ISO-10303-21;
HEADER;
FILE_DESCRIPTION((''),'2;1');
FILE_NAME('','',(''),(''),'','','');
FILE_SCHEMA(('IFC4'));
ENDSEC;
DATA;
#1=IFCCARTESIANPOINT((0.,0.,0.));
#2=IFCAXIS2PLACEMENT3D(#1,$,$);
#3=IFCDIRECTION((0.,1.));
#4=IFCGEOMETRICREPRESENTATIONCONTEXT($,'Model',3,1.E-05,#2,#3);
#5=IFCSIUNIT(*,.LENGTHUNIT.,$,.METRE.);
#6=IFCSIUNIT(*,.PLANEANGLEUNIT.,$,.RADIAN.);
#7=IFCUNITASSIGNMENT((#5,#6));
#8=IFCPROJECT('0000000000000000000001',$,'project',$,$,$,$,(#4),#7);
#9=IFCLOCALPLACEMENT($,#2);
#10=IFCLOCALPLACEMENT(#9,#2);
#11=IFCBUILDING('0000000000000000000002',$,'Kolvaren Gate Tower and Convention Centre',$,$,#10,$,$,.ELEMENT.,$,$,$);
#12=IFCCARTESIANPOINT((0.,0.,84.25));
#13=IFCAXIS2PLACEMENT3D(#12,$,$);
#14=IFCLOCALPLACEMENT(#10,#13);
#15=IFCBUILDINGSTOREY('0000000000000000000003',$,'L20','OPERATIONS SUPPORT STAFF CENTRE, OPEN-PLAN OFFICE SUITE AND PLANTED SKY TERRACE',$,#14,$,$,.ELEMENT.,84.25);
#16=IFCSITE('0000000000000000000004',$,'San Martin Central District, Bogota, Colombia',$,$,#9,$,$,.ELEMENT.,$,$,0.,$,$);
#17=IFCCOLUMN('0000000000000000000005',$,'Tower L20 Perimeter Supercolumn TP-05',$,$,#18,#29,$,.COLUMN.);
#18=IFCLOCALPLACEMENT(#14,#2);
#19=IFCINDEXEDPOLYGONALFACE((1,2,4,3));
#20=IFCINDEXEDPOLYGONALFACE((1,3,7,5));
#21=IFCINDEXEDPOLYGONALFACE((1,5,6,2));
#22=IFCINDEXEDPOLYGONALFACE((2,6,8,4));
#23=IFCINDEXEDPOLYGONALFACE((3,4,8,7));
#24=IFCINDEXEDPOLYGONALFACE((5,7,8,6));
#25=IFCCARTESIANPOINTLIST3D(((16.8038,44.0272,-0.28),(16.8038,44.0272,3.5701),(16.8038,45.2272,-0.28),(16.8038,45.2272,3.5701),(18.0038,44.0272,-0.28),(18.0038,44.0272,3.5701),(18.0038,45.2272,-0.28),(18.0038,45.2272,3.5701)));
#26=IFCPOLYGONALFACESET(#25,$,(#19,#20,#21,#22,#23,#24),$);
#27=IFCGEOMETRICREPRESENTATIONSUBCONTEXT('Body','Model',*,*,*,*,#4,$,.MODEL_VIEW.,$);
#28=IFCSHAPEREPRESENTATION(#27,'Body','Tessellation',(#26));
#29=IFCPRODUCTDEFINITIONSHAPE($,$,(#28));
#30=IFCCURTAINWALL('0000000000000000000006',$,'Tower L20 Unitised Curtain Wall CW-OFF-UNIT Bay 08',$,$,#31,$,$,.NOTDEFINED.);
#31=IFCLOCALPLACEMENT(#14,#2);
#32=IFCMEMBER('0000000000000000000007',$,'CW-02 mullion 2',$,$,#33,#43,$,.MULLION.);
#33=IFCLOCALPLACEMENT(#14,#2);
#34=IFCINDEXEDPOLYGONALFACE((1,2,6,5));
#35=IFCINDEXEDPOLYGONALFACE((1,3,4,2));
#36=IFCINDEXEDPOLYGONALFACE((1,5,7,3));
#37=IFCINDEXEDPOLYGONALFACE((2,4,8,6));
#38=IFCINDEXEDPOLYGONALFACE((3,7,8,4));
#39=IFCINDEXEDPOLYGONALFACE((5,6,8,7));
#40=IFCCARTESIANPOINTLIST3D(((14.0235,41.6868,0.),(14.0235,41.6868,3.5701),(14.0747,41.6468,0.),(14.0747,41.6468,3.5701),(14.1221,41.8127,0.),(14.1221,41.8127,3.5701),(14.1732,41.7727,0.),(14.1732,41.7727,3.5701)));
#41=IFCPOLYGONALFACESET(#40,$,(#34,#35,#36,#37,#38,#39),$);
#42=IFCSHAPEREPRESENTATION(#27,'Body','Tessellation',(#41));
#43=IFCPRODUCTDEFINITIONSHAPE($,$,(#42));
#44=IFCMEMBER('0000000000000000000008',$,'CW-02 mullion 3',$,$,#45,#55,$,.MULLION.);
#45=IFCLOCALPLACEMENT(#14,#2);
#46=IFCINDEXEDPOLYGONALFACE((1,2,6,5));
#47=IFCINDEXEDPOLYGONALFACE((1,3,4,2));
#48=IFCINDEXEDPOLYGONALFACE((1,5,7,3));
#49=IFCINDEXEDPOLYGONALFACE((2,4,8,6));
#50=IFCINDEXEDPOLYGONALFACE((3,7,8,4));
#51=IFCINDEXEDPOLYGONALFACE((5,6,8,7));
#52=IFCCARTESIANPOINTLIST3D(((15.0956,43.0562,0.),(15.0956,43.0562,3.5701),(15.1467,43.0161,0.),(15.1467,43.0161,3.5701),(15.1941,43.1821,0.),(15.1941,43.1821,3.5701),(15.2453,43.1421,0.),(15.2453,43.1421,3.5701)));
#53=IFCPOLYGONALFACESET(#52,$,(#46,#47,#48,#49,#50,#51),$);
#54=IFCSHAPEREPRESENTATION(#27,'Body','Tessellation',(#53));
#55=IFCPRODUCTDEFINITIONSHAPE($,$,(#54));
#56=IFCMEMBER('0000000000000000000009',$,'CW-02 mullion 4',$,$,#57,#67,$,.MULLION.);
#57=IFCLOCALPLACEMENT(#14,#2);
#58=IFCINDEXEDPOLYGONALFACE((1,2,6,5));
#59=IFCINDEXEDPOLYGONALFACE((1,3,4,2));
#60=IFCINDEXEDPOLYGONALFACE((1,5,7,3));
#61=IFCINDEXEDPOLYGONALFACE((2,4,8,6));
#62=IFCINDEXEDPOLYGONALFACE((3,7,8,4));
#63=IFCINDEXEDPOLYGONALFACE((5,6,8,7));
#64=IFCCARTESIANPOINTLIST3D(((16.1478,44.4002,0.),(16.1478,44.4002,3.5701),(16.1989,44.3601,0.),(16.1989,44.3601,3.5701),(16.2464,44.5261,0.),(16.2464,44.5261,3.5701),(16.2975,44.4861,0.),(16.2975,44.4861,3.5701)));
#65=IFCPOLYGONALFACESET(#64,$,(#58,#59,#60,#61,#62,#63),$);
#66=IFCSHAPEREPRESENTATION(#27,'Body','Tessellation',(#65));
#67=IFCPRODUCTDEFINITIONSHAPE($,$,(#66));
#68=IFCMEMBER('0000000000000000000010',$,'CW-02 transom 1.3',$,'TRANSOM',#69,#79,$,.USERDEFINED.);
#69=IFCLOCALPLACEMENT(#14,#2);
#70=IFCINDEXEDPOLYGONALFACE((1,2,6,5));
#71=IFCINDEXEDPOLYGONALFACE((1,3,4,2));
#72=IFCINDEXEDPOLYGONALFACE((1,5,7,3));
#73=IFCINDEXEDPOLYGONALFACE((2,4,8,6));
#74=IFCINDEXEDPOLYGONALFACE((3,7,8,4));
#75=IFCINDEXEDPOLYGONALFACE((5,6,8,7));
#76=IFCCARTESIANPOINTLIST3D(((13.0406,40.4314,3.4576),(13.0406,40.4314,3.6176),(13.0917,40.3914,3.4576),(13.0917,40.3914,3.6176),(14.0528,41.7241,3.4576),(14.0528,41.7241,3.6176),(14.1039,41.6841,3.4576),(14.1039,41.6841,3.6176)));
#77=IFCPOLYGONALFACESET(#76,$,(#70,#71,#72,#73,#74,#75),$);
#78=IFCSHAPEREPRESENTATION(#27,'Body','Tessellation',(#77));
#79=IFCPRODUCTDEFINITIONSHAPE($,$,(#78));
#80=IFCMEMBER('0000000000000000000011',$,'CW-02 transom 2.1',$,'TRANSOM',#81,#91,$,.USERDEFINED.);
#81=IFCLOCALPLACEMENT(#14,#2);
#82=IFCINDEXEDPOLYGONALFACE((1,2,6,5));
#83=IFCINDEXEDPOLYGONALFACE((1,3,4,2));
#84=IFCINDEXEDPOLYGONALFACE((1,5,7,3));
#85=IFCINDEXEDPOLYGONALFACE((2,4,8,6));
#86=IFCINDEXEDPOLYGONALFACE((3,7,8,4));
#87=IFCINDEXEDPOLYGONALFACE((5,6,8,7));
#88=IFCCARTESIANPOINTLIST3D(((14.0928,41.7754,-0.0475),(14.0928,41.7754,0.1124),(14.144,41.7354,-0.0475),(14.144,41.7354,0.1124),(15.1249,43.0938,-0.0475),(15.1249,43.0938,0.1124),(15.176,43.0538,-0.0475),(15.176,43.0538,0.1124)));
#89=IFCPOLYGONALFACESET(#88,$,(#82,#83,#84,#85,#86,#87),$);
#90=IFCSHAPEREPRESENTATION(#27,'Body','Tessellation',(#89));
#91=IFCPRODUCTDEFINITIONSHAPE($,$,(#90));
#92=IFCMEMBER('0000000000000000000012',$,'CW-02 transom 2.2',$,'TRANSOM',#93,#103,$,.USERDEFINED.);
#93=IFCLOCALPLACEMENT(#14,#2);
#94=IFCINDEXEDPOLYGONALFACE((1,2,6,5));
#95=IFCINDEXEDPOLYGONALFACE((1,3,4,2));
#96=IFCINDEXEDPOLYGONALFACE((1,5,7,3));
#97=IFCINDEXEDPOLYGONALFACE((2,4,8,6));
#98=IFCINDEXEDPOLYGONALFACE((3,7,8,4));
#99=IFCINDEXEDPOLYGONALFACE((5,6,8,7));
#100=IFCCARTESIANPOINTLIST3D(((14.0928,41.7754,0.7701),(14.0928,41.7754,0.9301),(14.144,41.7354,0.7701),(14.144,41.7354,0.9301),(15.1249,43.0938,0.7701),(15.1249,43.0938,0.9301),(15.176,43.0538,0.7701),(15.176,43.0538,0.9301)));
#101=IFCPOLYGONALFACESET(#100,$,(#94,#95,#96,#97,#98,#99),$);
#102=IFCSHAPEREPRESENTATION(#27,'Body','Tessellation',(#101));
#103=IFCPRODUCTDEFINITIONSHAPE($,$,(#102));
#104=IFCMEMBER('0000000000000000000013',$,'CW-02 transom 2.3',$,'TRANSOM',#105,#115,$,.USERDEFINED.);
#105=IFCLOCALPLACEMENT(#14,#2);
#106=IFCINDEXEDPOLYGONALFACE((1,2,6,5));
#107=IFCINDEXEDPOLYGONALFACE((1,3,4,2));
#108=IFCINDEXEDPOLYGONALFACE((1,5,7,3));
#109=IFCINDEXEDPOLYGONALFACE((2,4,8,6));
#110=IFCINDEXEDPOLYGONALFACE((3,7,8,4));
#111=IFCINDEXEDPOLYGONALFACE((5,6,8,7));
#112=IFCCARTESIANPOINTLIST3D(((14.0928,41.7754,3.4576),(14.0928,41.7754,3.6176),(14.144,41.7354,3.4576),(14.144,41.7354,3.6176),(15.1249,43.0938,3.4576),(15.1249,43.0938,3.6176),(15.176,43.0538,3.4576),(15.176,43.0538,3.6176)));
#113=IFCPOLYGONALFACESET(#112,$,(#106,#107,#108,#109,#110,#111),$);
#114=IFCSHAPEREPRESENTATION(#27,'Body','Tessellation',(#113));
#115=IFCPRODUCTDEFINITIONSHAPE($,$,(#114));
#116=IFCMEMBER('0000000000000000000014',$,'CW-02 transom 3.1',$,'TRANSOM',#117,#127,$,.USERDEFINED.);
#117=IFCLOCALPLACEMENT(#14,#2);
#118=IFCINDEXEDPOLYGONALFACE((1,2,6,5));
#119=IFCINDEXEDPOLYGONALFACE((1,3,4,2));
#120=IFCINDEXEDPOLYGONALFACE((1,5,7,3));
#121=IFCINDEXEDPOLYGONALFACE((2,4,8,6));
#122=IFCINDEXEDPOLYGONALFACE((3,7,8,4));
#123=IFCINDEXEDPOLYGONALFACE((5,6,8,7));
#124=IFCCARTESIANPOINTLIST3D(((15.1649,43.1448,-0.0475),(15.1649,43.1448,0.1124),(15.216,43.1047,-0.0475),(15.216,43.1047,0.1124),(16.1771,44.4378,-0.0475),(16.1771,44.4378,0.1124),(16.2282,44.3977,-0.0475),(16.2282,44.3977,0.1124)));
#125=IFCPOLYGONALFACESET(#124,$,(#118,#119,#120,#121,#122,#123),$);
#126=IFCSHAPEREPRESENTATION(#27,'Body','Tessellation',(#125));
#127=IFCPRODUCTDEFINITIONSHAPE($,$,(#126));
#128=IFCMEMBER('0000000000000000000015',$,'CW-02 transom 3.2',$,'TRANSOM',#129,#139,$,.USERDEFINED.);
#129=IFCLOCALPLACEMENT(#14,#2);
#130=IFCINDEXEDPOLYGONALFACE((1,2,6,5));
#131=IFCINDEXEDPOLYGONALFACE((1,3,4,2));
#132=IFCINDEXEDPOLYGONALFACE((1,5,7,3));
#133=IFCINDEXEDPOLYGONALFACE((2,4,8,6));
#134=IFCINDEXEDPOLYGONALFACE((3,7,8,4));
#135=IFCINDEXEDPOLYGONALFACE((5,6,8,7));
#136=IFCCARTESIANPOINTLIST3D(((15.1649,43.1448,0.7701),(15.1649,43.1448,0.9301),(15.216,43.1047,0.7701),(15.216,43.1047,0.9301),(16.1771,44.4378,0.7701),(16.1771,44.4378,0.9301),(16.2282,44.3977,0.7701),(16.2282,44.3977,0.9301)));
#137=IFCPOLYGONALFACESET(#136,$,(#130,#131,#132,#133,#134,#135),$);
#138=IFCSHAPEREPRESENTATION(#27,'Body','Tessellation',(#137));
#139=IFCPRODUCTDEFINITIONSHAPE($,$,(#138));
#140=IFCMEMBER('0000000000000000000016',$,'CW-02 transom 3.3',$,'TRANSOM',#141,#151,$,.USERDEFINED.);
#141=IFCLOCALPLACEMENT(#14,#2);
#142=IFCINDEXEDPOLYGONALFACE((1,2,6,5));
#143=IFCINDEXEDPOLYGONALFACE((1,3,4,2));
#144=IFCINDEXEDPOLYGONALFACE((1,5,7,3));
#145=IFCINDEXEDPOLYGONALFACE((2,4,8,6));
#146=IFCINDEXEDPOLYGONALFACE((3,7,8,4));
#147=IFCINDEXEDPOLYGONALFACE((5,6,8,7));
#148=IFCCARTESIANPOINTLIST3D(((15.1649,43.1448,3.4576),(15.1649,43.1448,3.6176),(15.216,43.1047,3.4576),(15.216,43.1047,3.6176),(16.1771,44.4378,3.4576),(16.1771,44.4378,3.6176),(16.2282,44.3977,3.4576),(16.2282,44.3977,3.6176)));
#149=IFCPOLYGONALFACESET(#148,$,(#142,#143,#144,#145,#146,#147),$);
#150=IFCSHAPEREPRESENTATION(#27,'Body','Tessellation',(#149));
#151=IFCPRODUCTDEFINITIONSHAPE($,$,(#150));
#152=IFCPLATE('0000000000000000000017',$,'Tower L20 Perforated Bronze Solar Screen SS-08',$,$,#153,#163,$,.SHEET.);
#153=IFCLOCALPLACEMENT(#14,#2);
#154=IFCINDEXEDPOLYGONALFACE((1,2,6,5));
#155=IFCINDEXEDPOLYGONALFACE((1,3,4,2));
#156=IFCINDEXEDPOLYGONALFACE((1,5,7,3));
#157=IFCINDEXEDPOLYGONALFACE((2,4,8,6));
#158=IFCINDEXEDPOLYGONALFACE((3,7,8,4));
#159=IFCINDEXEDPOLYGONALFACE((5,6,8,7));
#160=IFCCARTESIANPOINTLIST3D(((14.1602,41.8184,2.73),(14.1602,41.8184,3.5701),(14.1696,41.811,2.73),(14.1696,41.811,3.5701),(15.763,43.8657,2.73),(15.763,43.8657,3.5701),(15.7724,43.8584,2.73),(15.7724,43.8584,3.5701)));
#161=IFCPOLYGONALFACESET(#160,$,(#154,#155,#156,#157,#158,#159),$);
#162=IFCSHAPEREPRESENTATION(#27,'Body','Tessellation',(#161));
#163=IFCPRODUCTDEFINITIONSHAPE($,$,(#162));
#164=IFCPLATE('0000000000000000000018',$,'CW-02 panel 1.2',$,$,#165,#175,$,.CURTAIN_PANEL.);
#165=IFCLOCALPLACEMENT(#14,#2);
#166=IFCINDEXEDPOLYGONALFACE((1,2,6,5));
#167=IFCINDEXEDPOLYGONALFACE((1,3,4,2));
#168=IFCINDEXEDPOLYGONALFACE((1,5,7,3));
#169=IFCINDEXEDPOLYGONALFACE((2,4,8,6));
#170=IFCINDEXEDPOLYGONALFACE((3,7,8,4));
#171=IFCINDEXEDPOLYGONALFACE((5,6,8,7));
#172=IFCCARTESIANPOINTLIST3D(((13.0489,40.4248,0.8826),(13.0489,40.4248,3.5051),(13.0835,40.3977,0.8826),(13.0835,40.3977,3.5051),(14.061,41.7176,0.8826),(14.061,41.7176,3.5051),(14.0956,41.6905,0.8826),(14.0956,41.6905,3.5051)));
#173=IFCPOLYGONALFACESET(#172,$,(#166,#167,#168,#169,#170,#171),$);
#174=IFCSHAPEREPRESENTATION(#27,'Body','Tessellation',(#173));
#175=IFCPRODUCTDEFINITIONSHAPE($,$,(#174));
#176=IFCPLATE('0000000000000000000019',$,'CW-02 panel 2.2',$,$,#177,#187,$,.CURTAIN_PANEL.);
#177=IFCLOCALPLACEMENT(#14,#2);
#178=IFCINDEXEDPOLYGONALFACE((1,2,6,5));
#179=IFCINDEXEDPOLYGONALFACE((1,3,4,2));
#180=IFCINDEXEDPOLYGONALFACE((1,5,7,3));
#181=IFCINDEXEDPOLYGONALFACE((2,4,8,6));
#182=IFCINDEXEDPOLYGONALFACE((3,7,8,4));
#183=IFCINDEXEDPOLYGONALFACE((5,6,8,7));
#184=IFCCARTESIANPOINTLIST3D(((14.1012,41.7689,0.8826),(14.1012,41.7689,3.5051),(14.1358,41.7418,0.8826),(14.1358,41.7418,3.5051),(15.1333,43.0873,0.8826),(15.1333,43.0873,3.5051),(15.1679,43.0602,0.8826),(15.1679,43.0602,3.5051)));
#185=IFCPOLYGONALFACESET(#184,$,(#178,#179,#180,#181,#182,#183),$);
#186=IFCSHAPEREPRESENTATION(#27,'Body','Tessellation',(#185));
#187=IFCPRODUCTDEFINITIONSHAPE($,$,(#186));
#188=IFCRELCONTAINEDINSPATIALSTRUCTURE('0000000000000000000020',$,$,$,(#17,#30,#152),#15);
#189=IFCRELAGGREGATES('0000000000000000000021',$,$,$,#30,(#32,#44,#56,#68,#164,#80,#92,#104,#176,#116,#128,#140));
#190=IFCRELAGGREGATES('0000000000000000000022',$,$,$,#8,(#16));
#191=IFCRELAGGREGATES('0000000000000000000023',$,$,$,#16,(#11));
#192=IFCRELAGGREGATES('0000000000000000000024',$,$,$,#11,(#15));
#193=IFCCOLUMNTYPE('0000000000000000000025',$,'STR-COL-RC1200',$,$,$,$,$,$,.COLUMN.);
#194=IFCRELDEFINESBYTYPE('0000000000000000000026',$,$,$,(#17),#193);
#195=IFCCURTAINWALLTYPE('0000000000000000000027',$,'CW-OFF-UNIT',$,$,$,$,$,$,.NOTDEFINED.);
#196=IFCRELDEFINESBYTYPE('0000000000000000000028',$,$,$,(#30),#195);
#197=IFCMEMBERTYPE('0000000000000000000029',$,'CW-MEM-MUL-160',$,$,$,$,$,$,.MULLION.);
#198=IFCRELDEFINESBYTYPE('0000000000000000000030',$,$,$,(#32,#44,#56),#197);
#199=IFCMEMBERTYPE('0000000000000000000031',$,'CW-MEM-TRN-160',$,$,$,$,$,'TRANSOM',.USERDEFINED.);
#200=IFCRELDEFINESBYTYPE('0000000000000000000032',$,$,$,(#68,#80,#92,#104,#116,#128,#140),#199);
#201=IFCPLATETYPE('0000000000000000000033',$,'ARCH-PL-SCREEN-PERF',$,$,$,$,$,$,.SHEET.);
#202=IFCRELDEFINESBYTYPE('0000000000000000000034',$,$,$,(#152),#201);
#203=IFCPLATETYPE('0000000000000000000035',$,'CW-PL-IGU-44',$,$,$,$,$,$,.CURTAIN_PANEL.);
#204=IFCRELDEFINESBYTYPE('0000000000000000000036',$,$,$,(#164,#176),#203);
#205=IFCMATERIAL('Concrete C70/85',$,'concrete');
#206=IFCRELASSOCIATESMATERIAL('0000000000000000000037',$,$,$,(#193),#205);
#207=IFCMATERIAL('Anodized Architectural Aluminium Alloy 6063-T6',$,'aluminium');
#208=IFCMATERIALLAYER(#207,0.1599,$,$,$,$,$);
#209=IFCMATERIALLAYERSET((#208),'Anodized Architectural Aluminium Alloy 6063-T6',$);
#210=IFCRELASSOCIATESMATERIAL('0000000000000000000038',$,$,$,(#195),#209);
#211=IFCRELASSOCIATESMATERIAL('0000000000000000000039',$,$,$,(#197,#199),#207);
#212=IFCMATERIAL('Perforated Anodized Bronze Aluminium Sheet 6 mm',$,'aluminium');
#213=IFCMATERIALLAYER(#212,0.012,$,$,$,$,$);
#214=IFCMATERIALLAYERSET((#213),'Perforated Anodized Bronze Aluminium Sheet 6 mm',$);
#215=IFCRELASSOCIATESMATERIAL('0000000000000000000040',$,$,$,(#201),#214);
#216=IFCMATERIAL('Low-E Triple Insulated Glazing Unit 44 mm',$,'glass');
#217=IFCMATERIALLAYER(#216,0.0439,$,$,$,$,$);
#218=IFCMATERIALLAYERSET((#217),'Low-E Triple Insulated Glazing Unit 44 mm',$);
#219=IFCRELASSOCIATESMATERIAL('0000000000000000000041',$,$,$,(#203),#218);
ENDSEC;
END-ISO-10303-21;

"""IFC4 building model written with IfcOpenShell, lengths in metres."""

from ifc_helpers import new_model, si_unit, direction, frame, origin, origin_2d, place, context, subcontext, project, spatial, rectangle, extrude, material, layer, layer_set, material_profile, profile_set, type_object, element, aggregate, save


model = new_model("IFC4")

# Units and contexts
model_context = context("Model", 3, precision=1e-05, world=origin(), true_north=direction((0.0, 1.0)))
body_context = subcontext(model_context, "Body", "Model", "MODEL_VIEW")
ifc_project = project(units=[si_unit("LENGTHUNIT", "METRE"), si_unit("PLANEANGLEUNIT", "RADIAN")], contexts=[model_context])

# Site, building, storey
site_placement = place(None, origin())
site = spatial("IfcSite", under=ifc_project, at=site_placement, Name="San Martin Central District, Bogota, Colombia", CompositionType="ELEMENT", RefElevation=0.0)
building_placement = place(site_placement, origin())
building = spatial("IfcBuilding", under=site, at=building_placement, Name="Kolvaren Gate Tower and Convention Centre", CompositionType="ELEMENT")
storey_placement = place(building_placement, frame((0.0, 0.0, 84.25)))
storey = spatial("IfcBuildingStorey", under=building, at=storey_placement, Name="L20", Description="OPERATIONS SUPPORT STAFF CENTRE, OPEN-PLAN OFFICE SUITE AND PLANTED SKY TERRACE", CompositionType="ELEMENT", Elevation=84.25)

# Column
ifc_material_1 = material(Name="Concrete C70/85", Category="concrete")
ifc_material_profile_1 = material_profile(ifc_material_1, rectangle(XDim=1.2, YDim=1.2, at=origin_2d()), Name="RC-COL-1200X1200")
ifc_profile_set_1 = profile_set([ifc_material_profile_1], Name="Concrete C70/85")
column_type = type_object("IfcColumnType", Name="STR-COL-RC1200", PredefinedType="COLUMN", material=ifc_profile_set_1)
column_placement = place(storey_placement, frame((17.4038, 44.6272, -0.28), z_axis=(0.0, 0.0, 1.0), x_axis=(1.0, 0.0, 0.0)))
element("IfcColumn", 1, at=column_placement, inside=storey, type_object=column_type, Name="Tower L20 Perimeter Supercolumn TP-05", PredefinedType="COLUMN", context=body_context, shape_type="SweptSolid", body=[
    extrude(rectangle(XDim=1.2, YDim=1.2, at=origin_2d()), origin(), (0.0, 0.0, 1.0), 3.8501),
])

# Curtain wall, members
ifc_material_2 = material(Name="Anodized Architectural Aluminium Alloy 6063-T6", Category="aluminium")
ifc_layer_1 = layer(ifc_material_2, 0.1599)
ifc_layer_set_1 = layer_set([ifc_layer_1], Name="Anodized Architectural Aluminium Alloy 6063-T6")
curtain_wall_type = type_object("IfcCurtainWallType", Name="CW-OFF-UNIT", PredefinedType="NOTDEFINED", material=ifc_layer_set_1)
curtain_wall_placement = place(storey_placement, origin())
curtain_wall = element("IfcCurtainWall", 2, at=curtain_wall_placement, inside=storey, type_object=curtain_wall_type, Name="Tower L20 Unitised Curtain Wall CW-OFF-UNIT Bay 08", PredefinedType="NOTDEFINED")
ifc_material_profile_2 = material_profile(ifc_material_2, rectangle(XDim=0.0649, YDim=0.1599, at=origin_2d()), Name="CW-MEM-MUL-160")
ifc_profile_set_2 = profile_set([ifc_material_profile_2], Name="Anodized Architectural Aluminium Alloy 6063-T6")
member_type_1 = type_object("IfcMemberType", Name="CW-MEM-MUL-160", PredefinedType="MULLION", material=ifc_profile_set_2)
member_1_placement = place(storey_placement, frame((14.0984, 41.7297, 0.0), z_axis=(0.0, 0.0, 1.0), x_axis=(-0.787403, 0.616438, 0.0)))
member_1 = element("IfcMember", 3, at=member_1_placement, type_object=member_type_1, Name="CW-02 mullion 2", PredefinedType="MULLION", context=body_context, shape_type="SweptSolid", body=[
    extrude(rectangle(XDim=0.0649, YDim=0.1599, at=origin_2d()), origin(), (0.0, 0.0, 1.0), 3.5701),
])
member_2_placement = place(storey_placement, frame((15.1704, 43.0991, 0.0), z_axis=(0.0, 0.0, 1.0), x_axis=(-0.787403, 0.616438, 0.0)))
member_2 = element("IfcMember", 4, at=member_2_placement, type_object=member_type_1, Name="CW-02 mullion 3", PredefinedType="MULLION", context=body_context, shape_type="SweptSolid", body=[
    extrude(rectangle(XDim=0.0649, YDim=0.1599, at=origin_2d()), origin(), (0.0, 0.0, 1.0), 3.5701),
])
member_3_placement = place(storey_placement, frame((16.2227, 44.4431, 0.0), z_axis=(0.0, 0.0, 1.0), x_axis=(-0.787403, 0.616438, 0.0)))
member_3 = element("IfcMember", 5, at=member_3_placement, type_object=member_type_1, Name="CW-02 mullion 4", PredefinedType="MULLION", context=body_context, shape_type="SweptSolid", body=[
    extrude(rectangle(XDim=0.0649, YDim=0.1599, at=origin_2d()), origin(), (0.0, 0.0, 1.0), 3.5701),
])
ifc_material_profile_3 = material_profile(ifc_material_2, rectangle(XDim=0.0649, YDim=0.1599, at=origin_2d()), Name="CW-MEM-TRN-160")
ifc_profile_set_3 = profile_set([ifc_material_profile_3], Name="Anodized Architectural Aluminium Alloy 6063-T6")
member_type_2 = type_object("IfcMemberType", Name="CW-MEM-TRN-160", ElementType="TRANSOM", PredefinedType="USERDEFINED", material=ifc_profile_set_3)
member_4_placement = place(storey_placement, frame((13.0662, 40.4114, 3.5376), z_axis=(0.616501, 0.787354, 0.0), x_axis=(-0.787354, 0.616501, 0.0)))
member_4 = element("IfcMember", 6, at=member_4_placement, type_object=member_type_2, Name="CW-02 transom 1.3", ObjectType="TRANSOM", PredefinedType="USERDEFINED", context=body_context, shape_type="SweptSolid", body=[
    extrude(rectangle(XDim=0.0649, YDim=0.1599, at=origin_2d()), origin(), (0.0, 0.0, 1.0), 1.6418),
])
member_5_placement = place(storey_placement, frame((14.1184, 41.7554, 0.0325), z_axis=(0.616391, 0.78744, 0.0), x_axis=(-0.78744, 0.616391, 0.0)))
member_5 = element("IfcMember", 7, at=member_5_placement, type_object=member_type_2, Name="CW-02 transom 2.1", ObjectType="TRANSOM", PredefinedType="USERDEFINED", context=body_context, shape_type="SweptSolid", body=[
    extrude(rectangle(XDim=0.0649, YDim=0.1599, at=origin_2d()), origin(), (0.0, 0.0, 1.0), 1.6743),
])
member_6_placement = place(storey_placement, frame((14.1184, 41.7554, 0.8501), z_axis=(0.616391, 0.78744, 0.0), x_axis=(-0.78744, 0.616391, 0.0)))
member_6 = element("IfcMember", 8, at=member_6_placement, type_object=member_type_2, Name="CW-02 transom 2.2", ObjectType="TRANSOM", PredefinedType="USERDEFINED", context=body_context, shape_type="SweptSolid", body=[
    extrude(rectangle(XDim=0.0649, YDim=0.1599, at=origin_2d()), origin(), (0.0, 0.0, 1.0), 1.6743),
])
member_7_placement = place(storey_placement, frame((14.1184, 41.7554, 3.5376), z_axis=(0.616391, 0.78744, 0.0), x_axis=(-0.78744, 0.616391, 0.0)))
member_7 = element("IfcMember", 9, at=member_7_placement, type_object=member_type_2, Name="CW-02 transom 2.3", ObjectType="TRANSOM", PredefinedType="USERDEFINED", context=body_context, shape_type="SweptSolid", body=[
    extrude(rectangle(XDim=0.0649, YDim=0.1599, at=origin_2d()), origin(), (0.0, 0.0, 1.0), 1.6743),
])
member_8_placement = place(storey_placement, frame((15.1904, 43.1248, 0.0325), z_axis=(0.616429, 0.787411, 0.0), x_axis=(-0.787411, 0.616429, 0.0)))
member_8 = element("IfcMember", 10, at=member_8_placement, type_object=member_type_2, Name="CW-02 transom 3.1", ObjectType="TRANSOM", PredefinedType="USERDEFINED", context=body_context, shape_type="SweptSolid", body=[
    extrude(rectangle(XDim=0.0649, YDim=0.1599, at=origin_2d()), origin(), (0.0, 0.0, 1.0), 1.6421),
])
member_9_placement = place(storey_placement, frame((15.1904, 43.1248, 0.8501), z_axis=(0.616429, 0.787411, 0.0), x_axis=(-0.787411, 0.616429, 0.0)))
member_9 = element("IfcMember", 11, at=member_9_placement, type_object=member_type_2, Name="CW-02 transom 3.2", ObjectType="TRANSOM", PredefinedType="USERDEFINED", context=body_context, shape_type="SweptSolid", body=[
    extrude(rectangle(XDim=0.0649, YDim=0.1599, at=origin_2d()), origin(), (0.0, 0.0, 1.0), 1.6421),
])
member_10_placement = place(storey_placement, frame((15.1904, 43.1248, 3.5376), z_axis=(0.616429, 0.787411, 0.0), x_axis=(-0.787411, 0.616429, 0.0)))
member_10 = element("IfcMember", 12, at=member_10_placement, type_object=member_type_2, Name="CW-02 transom 3.3", ObjectType="TRANSOM", PredefinedType="USERDEFINED", context=body_context, shape_type="SweptSolid", body=[
    extrude(rectangle(XDim=0.0649, YDim=0.1599, at=origin_2d()), origin(), (0.0, 0.0, 1.0), 1.6421),
])

# Plates
ifc_material_3 = material(Name="Perforated Anodized Bronze Aluminium Sheet 6 mm", Category="aluminium")
ifc_layer_2 = layer(ifc_material_3, 0.012)
ifc_layer_set_2 = layer_set([ifc_layer_2], Name="Perforated Anodized Bronze Aluminium Sheet 6 mm")
plate_type_1 = type_object("IfcPlateType", Name="ARCH-PL-SCREEN-PERF", PredefinedType="SHEET", material=ifc_layer_set_2)
plate_1_placement = place(storey_placement, frame((14.9663, 42.8384, 2.73), z_axis=(0.0, 0.0, 1.0), x_axis=(0.616442, 0.7874, 0.0)))
element("IfcPlate", 13, at=plate_1_placement, inside=storey, type_object=plate_type_1, Name="Tower L20 Perforated Bronze Solar Screen SS-08", PredefinedType="SHEET", context=body_context, shape_type="SweptSolid", body=[
    extrude(rectangle(XDim=2.6001, YDim=0.012, at=origin_2d()), origin(), (0.0, 0.0, 1.0), 0.8401),
])
ifc_material_4 = material(Name="Low-E Triple Insulated Glazing Unit 44 mm", Category="glass")
ifc_layer_3 = layer(ifc_material_4, 0.0439)
ifc_layer_set_3 = layer_set([ifc_layer_3], Name="Low-E Triple Insulated Glazing Unit 44 mm")
plate_type_2 = type_object("IfcPlateType", Name="CW-PL-IGU-44", PredefinedType="CURTAIN_PANEL", material=ifc_layer_set_3)
plate_2_placement = place(storey_placement, frame((13.5723, 41.0576, 0.8826), z_axis=(0.0, 0.0, 1.0), x_axis=(0.616438, 0.787403, 0.0)))
plate_2 = element("IfcPlate", 14, at=plate_2_placement, type_object=plate_type_2, Name="CW-02 panel 1.2", PredefinedType="CURTAIN_PANEL", context=body_context, shape_type="SweptSolid", body=[
    extrude(rectangle(XDim=1.6418, YDim=0.0439, at=origin_2d()), origin(), (0.0, 0.0, 1.0), 2.6226),
])
plate_3_placement = place(storey_placement, frame((14.6345, 42.4146, 0.8826), z_axis=(0.0, 0.0, 1.0), x_axis=(0.616438, 0.787403, 0.0)))
plate_3 = element("IfcPlate", 15, at=plate_3_placement, type_object=plate_type_2, Name="CW-02 panel 2.2", PredefinedType="CURTAIN_PANEL", context=body_context, shape_type="SweptSolid", body=[
    extrude(rectangle(XDim=1.6743, YDim=0.0439, at=origin_2d()), origin(), (0.0, 0.0, 1.0), 2.6226),
])
aggregate(curtain_wall, [member_1, member_2, member_3, member_4, plate_2, member_5, member_6, member_7, plate_3, member_8, member_9, member_10])

save(model, "model.ifc")
